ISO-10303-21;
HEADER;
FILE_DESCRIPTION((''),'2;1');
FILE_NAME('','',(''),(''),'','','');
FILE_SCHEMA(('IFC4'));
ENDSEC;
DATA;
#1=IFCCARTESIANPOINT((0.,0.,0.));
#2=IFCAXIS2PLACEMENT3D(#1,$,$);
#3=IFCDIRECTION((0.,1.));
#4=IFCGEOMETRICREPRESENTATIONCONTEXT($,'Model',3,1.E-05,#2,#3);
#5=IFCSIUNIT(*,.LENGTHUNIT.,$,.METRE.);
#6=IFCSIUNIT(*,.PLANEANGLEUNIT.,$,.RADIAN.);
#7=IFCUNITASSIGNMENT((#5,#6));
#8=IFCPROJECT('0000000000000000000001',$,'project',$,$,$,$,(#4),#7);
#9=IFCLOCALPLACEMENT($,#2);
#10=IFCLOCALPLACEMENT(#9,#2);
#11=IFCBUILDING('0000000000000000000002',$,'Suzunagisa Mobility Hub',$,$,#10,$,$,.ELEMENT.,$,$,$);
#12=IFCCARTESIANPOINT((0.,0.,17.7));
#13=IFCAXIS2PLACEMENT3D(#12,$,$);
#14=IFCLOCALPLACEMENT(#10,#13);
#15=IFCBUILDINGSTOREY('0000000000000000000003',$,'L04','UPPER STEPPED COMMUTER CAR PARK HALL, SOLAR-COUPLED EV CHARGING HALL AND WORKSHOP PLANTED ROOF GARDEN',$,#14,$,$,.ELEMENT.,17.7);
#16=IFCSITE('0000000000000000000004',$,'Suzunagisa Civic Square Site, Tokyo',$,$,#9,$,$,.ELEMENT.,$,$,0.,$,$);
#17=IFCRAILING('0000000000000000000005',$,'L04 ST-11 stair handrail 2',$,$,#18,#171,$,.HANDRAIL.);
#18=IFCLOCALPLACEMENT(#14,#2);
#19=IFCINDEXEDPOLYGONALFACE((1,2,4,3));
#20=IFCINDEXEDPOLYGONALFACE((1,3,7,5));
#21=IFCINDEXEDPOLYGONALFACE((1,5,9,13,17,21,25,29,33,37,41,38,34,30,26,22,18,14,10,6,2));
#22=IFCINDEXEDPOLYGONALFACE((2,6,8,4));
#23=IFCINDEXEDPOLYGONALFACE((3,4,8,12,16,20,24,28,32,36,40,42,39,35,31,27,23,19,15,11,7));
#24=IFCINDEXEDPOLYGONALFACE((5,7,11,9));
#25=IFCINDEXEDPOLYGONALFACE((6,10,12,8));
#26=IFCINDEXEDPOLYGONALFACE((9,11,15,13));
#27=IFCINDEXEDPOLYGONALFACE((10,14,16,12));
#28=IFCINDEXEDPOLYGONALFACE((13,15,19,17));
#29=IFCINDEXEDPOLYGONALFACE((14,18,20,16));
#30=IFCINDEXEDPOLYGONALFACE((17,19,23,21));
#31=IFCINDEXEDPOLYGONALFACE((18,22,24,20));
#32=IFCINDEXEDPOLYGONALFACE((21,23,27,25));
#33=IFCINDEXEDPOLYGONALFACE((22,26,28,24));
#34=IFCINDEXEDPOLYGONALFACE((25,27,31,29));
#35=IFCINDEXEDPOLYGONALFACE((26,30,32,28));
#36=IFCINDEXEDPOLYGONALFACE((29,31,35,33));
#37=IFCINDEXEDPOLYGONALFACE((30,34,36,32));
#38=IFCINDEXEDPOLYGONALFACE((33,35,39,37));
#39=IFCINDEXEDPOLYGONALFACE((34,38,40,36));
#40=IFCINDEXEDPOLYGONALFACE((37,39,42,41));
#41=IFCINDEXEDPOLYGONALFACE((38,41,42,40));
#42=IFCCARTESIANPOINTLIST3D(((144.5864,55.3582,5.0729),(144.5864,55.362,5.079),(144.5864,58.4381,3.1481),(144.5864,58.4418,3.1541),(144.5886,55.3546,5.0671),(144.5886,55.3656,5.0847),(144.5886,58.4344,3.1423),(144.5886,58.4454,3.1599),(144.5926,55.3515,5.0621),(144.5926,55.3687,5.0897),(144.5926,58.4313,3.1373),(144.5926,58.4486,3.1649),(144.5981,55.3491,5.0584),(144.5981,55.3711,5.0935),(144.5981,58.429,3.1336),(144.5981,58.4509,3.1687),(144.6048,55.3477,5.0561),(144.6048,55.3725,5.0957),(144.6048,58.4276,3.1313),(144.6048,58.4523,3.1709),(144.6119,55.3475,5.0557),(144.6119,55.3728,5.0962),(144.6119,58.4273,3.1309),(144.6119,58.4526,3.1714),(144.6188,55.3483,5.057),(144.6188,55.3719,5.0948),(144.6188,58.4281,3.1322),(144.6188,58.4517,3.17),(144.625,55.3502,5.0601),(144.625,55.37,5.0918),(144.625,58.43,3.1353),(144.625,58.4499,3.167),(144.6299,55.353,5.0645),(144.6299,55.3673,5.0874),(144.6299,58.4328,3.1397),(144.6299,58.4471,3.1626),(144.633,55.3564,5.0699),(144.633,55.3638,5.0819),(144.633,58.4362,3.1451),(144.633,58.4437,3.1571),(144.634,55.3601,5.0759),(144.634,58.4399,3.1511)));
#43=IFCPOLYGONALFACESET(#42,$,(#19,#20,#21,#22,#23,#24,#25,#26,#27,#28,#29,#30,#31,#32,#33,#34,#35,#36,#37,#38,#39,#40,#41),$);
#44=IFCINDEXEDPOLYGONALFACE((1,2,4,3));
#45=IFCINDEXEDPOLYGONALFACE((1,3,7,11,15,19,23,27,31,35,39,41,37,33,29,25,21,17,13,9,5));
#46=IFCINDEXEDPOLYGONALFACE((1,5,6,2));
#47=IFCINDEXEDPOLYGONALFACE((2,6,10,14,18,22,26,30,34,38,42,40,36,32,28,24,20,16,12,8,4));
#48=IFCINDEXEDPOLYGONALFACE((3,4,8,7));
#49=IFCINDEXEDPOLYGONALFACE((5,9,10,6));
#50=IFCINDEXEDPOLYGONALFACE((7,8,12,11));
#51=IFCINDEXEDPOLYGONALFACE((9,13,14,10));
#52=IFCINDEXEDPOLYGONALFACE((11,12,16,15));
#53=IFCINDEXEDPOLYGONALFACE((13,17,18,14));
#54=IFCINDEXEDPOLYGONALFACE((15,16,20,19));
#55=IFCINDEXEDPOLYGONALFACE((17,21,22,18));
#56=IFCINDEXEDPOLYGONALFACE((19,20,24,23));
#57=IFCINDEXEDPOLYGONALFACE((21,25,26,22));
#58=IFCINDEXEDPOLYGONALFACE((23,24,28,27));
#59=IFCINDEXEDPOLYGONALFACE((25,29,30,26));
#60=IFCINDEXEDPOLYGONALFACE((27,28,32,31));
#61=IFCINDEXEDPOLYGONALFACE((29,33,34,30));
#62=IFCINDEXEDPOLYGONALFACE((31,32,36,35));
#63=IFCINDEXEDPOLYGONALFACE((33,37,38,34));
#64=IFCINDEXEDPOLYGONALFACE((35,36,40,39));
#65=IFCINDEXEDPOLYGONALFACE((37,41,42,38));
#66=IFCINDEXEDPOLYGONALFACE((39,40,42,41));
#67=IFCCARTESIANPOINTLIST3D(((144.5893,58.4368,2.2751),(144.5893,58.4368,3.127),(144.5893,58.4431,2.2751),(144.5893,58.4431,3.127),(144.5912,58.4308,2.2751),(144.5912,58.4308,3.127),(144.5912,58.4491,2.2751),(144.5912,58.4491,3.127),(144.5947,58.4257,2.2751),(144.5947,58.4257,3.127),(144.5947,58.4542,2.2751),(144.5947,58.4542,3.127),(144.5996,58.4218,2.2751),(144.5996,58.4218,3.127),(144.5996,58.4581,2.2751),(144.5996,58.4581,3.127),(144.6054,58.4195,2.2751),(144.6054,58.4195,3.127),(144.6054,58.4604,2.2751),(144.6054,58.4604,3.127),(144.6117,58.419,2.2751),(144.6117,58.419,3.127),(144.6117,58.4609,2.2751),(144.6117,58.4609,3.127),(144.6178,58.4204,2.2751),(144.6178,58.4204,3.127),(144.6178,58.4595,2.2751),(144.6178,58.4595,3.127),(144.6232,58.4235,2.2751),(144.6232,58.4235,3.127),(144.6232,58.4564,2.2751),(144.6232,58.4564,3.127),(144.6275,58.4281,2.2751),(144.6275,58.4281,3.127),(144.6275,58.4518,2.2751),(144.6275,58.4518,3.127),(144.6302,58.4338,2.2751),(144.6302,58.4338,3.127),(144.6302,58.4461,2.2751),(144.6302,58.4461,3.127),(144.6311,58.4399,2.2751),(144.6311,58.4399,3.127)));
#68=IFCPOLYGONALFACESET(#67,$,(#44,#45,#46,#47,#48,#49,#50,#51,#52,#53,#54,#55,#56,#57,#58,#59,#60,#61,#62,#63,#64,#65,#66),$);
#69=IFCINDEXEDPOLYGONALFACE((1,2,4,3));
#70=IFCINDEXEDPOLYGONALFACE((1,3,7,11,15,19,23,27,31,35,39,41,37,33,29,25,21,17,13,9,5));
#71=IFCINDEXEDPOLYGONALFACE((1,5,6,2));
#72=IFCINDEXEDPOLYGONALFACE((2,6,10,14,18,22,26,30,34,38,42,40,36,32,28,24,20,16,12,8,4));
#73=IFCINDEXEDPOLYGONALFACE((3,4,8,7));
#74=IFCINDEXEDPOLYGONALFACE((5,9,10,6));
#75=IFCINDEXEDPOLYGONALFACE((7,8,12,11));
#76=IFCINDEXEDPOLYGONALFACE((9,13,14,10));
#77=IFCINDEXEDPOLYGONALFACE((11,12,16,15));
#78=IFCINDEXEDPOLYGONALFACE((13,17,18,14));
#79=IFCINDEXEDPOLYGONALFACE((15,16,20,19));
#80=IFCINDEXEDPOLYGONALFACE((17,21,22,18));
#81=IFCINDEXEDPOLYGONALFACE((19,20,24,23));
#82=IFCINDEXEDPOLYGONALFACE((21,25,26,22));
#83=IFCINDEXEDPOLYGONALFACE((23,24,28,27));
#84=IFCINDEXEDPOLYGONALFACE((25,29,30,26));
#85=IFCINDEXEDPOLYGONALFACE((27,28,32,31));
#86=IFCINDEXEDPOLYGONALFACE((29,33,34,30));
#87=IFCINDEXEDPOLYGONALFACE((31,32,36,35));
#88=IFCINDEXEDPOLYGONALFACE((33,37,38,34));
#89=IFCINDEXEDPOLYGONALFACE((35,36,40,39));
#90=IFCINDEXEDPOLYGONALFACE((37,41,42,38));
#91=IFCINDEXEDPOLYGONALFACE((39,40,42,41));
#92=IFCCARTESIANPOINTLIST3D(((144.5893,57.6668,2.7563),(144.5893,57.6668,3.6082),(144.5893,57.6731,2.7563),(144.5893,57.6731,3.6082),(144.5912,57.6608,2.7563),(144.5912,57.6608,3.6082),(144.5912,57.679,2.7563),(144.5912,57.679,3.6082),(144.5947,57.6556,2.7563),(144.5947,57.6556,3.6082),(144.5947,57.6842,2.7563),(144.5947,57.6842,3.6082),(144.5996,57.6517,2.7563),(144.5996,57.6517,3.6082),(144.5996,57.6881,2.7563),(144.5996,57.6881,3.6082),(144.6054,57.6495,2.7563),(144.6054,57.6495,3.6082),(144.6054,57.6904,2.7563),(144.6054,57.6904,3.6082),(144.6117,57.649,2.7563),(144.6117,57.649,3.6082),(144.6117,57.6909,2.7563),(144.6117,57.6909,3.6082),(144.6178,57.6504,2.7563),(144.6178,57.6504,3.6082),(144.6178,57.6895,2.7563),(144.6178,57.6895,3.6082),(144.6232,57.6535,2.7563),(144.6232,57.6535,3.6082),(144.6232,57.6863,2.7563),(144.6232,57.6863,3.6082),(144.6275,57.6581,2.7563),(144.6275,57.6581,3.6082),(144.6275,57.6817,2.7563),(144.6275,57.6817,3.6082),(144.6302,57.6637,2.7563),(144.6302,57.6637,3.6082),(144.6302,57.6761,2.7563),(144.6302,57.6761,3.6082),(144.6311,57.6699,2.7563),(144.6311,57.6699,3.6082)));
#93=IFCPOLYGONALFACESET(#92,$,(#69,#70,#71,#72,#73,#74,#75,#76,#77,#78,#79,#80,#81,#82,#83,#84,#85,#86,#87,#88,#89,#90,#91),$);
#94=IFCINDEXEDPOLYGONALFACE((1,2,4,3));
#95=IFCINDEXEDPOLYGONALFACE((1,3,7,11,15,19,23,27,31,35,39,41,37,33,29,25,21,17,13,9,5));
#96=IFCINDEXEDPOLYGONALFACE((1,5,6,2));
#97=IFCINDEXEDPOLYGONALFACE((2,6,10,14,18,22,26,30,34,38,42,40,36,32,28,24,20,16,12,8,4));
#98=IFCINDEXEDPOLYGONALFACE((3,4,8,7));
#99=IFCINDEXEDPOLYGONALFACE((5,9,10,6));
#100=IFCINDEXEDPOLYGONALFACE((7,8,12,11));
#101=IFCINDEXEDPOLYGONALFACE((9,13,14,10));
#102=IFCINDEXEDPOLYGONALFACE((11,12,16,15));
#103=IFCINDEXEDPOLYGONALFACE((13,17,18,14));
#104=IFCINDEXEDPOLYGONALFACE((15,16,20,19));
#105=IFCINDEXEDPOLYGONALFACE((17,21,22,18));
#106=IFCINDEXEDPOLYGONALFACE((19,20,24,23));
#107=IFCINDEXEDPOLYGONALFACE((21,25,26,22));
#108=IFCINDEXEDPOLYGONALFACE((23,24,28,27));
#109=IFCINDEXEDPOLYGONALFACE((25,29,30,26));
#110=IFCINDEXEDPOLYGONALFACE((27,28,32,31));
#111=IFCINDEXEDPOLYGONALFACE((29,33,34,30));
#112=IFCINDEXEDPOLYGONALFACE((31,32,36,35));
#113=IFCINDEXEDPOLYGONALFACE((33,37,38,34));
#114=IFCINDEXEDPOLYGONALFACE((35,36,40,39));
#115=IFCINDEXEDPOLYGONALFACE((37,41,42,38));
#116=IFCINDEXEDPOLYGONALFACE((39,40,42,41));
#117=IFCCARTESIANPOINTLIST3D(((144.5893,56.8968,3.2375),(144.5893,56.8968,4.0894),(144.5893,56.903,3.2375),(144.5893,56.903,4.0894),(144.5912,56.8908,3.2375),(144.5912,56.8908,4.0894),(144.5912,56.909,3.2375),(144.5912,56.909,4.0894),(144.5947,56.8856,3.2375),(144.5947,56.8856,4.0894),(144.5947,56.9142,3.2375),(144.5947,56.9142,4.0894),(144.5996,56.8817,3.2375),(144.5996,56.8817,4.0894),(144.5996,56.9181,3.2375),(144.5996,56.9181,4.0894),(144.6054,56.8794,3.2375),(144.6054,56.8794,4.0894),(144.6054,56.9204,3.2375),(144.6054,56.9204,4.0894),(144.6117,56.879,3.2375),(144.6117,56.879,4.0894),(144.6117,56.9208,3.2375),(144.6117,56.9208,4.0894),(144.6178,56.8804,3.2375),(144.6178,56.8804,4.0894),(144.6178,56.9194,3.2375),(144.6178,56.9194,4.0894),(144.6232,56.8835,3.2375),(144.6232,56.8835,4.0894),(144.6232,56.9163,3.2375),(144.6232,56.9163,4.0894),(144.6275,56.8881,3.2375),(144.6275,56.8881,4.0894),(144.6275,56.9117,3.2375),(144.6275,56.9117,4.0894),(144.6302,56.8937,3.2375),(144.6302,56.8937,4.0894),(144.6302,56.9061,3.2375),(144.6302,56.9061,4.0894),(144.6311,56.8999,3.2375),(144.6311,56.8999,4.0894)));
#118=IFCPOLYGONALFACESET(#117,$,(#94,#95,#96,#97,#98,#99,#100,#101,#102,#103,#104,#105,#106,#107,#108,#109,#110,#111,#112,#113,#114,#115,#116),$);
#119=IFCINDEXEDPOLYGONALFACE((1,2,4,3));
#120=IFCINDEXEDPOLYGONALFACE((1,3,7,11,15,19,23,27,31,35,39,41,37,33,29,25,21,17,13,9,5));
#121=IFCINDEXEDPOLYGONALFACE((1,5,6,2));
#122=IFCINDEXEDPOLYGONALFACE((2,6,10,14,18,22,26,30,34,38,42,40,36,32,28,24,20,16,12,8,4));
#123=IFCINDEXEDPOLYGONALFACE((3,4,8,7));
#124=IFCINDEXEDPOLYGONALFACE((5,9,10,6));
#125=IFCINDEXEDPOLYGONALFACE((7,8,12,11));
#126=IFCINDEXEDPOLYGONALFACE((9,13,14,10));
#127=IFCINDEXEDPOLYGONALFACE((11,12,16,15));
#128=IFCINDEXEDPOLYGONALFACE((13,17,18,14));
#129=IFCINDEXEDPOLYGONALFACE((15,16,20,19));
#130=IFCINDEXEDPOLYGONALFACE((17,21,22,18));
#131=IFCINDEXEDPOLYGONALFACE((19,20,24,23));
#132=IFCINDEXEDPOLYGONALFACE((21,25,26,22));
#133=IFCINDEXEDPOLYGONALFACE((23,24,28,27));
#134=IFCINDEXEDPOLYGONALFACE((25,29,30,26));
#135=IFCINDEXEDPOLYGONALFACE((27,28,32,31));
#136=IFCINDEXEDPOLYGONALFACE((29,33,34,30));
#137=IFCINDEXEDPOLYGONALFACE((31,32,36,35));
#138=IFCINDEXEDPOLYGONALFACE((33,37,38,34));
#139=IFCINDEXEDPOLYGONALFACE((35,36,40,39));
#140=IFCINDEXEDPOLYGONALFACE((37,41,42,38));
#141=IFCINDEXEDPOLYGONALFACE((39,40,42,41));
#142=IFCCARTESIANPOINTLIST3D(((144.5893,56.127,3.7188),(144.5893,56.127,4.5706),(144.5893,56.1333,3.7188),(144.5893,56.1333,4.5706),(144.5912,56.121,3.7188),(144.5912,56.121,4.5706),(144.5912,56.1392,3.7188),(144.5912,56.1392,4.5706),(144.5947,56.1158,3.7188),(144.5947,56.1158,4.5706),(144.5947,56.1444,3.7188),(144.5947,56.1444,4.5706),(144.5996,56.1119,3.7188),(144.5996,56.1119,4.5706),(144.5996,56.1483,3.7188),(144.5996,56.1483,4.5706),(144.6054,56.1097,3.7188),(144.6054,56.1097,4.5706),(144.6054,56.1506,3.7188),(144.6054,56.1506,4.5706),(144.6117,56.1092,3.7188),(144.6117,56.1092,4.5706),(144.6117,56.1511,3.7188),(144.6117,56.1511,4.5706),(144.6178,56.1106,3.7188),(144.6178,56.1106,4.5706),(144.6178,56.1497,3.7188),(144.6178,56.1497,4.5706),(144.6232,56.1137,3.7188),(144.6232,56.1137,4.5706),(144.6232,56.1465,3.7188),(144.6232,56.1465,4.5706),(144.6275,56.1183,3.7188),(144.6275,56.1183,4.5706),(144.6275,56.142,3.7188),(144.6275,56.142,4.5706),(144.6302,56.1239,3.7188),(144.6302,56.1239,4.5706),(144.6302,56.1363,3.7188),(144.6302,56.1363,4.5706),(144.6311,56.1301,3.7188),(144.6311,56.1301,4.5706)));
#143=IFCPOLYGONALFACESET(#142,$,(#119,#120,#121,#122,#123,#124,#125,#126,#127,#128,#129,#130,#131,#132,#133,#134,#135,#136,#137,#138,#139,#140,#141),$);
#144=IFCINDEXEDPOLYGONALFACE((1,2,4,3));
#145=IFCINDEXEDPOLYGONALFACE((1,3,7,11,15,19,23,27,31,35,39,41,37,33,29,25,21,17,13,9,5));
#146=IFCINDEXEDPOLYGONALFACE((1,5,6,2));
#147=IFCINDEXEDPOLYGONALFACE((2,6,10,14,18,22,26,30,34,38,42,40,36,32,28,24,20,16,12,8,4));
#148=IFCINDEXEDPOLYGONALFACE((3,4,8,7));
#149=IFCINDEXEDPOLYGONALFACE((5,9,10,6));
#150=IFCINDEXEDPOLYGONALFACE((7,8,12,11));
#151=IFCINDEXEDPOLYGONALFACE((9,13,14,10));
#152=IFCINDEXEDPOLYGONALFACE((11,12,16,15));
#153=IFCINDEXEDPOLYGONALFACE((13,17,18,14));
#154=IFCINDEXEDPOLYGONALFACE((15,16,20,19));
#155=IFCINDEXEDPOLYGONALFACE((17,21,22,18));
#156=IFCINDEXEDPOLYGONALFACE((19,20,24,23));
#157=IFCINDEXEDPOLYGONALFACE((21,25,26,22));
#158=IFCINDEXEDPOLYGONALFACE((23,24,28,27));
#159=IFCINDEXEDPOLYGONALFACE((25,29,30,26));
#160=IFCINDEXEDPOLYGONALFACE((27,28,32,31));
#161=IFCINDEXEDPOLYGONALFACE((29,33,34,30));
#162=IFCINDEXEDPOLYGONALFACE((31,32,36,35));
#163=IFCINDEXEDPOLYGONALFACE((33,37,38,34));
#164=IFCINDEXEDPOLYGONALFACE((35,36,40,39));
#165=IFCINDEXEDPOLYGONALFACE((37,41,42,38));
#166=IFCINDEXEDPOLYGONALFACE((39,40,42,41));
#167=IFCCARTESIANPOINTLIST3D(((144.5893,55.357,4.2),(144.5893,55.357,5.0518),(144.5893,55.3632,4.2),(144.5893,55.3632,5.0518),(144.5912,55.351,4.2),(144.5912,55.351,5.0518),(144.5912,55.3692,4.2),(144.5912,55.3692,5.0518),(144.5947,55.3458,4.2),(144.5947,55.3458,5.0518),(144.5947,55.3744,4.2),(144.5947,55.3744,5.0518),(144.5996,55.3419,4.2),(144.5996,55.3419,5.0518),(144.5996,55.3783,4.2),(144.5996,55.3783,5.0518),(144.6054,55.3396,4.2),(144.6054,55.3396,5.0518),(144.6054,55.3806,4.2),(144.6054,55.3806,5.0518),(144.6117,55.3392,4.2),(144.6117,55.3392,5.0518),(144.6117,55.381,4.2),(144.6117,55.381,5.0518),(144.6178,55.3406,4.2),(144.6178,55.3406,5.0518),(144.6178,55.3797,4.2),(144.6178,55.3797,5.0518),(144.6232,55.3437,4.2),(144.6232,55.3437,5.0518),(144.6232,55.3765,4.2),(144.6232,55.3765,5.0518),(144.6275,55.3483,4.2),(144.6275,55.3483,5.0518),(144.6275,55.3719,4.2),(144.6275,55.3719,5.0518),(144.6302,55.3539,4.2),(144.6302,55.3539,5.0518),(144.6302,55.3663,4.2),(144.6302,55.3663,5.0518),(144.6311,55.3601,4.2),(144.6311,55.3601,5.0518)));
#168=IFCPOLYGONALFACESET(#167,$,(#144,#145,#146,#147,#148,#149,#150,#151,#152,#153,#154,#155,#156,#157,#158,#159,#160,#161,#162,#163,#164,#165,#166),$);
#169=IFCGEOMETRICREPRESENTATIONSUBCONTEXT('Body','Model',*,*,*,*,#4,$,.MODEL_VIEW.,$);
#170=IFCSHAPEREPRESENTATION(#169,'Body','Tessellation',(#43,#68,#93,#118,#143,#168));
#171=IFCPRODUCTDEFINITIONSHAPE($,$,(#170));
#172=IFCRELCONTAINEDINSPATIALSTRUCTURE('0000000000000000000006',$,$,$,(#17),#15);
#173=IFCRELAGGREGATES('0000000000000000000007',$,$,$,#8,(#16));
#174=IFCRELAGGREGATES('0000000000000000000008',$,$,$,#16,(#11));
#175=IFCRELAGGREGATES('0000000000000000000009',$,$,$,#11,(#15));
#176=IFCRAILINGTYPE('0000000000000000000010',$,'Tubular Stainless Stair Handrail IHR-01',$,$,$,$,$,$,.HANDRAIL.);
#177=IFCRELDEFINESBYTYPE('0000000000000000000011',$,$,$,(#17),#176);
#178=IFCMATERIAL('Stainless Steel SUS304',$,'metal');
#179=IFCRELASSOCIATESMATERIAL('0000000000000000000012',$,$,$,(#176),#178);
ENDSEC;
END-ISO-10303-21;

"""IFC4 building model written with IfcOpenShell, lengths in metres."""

from ifc_helpers import new_model, si_unit, direction, frame, origin, origin_2d, place, context, subcontext, project, spatial, circle, extrude, material, type_object, element, save


model = new_model("IFC4")

# Units and contexts
model_context = context("Model", 3, precision=1e-05, world=origin(), true_north=direction((0.0, 1.0)))
body_context = subcontext(model_context, "Body", "Model", "MODEL_VIEW")
ifc_project = project(units=[si_unit("LENGTHUNIT", "METRE"), si_unit("PLANEANGLEUNIT", "RADIAN")], contexts=[model_context])

# Site, building, storey
site_placement = place(None, origin())
site = spatial("IfcSite", under=ifc_project, at=site_placement, Name="Suzunagisa Civic Square Site, Tokyo", CompositionType="ELEMENT", RefElevation=0.0)
building_placement = place(site_placement, origin())
building = spatial("IfcBuilding", under=site, at=building_placement, Name="Suzunagisa Mobility Hub", CompositionType="ELEMENT")
storey_placement = place(building_placement, frame((0.0, 0.0, 17.7)))
storey = spatial("IfcBuildingStorey", under=building, at=storey_placement, Name="L04", Description="UPPER STEPPED COMMUTER CAR PARK HALL, SOLAR-COUPLED EV CHARGING HALL AND WORKSHOP PLANTED ROOF GARDEN", CompositionType="ELEMENT", Elevation=17.7)

# Railing
ifc_material_1 = material(Name="Stainless Steel SUS304", Category="metal")
railing_type = type_object("IfcRailingType", Name="Tubular Stainless Stair Handrail IHR-01", PredefinedType="HANDRAIL", material=ifc_material_1)
railing_placement = place(storey_placement, frame((144.6101, 58.4399, 2.2751)))
element("IfcRailing", 1, at=railing_placement, inside=storey, type_object=railing_type, Name="L04 ST-11 stair handrail 2", PredefinedType="HANDRAIL", context=body_context, shape_type="SweptSolid", body=[
    extrude(circle(Radius=0.0239, at=origin_2d()), frame((0.0, 0.0, 0.876), z_axis=(0.0, -0.84801, 0.529981), x_axis=(1.0, 0.0, 0.0)), (0.0, 0.0, 1.0), 3.6318),
    extrude(circle(Radius=0.021, at=origin_2d()), origin(), (0.0, 0.0, 1.0), 0.8518),
    extrude(circle(Radius=0.021, at=origin_2d()), frame((0.0, -0.77, 0.4812)), (0.0, 0.0, 1.0), 0.8518),
    extrude(circle(Radius=0.021, at=origin_2d()), frame((0.0, -1.54, 0.9624)), (0.0, 0.0, 1.0), 0.8518),
    extrude(circle(Radius=0.021, at=origin_2d()), frame((0.0, -2.3098, 1.4436)), (0.0, 0.0, 1.0), 0.8518),
    extrude(circle(Radius=0.021, at=origin_2d()), frame((0.0, -3.0798, 1.9248)), (0.0, 0.0, 1.0), 0.8518),
])

save(model, "model.ifc")
